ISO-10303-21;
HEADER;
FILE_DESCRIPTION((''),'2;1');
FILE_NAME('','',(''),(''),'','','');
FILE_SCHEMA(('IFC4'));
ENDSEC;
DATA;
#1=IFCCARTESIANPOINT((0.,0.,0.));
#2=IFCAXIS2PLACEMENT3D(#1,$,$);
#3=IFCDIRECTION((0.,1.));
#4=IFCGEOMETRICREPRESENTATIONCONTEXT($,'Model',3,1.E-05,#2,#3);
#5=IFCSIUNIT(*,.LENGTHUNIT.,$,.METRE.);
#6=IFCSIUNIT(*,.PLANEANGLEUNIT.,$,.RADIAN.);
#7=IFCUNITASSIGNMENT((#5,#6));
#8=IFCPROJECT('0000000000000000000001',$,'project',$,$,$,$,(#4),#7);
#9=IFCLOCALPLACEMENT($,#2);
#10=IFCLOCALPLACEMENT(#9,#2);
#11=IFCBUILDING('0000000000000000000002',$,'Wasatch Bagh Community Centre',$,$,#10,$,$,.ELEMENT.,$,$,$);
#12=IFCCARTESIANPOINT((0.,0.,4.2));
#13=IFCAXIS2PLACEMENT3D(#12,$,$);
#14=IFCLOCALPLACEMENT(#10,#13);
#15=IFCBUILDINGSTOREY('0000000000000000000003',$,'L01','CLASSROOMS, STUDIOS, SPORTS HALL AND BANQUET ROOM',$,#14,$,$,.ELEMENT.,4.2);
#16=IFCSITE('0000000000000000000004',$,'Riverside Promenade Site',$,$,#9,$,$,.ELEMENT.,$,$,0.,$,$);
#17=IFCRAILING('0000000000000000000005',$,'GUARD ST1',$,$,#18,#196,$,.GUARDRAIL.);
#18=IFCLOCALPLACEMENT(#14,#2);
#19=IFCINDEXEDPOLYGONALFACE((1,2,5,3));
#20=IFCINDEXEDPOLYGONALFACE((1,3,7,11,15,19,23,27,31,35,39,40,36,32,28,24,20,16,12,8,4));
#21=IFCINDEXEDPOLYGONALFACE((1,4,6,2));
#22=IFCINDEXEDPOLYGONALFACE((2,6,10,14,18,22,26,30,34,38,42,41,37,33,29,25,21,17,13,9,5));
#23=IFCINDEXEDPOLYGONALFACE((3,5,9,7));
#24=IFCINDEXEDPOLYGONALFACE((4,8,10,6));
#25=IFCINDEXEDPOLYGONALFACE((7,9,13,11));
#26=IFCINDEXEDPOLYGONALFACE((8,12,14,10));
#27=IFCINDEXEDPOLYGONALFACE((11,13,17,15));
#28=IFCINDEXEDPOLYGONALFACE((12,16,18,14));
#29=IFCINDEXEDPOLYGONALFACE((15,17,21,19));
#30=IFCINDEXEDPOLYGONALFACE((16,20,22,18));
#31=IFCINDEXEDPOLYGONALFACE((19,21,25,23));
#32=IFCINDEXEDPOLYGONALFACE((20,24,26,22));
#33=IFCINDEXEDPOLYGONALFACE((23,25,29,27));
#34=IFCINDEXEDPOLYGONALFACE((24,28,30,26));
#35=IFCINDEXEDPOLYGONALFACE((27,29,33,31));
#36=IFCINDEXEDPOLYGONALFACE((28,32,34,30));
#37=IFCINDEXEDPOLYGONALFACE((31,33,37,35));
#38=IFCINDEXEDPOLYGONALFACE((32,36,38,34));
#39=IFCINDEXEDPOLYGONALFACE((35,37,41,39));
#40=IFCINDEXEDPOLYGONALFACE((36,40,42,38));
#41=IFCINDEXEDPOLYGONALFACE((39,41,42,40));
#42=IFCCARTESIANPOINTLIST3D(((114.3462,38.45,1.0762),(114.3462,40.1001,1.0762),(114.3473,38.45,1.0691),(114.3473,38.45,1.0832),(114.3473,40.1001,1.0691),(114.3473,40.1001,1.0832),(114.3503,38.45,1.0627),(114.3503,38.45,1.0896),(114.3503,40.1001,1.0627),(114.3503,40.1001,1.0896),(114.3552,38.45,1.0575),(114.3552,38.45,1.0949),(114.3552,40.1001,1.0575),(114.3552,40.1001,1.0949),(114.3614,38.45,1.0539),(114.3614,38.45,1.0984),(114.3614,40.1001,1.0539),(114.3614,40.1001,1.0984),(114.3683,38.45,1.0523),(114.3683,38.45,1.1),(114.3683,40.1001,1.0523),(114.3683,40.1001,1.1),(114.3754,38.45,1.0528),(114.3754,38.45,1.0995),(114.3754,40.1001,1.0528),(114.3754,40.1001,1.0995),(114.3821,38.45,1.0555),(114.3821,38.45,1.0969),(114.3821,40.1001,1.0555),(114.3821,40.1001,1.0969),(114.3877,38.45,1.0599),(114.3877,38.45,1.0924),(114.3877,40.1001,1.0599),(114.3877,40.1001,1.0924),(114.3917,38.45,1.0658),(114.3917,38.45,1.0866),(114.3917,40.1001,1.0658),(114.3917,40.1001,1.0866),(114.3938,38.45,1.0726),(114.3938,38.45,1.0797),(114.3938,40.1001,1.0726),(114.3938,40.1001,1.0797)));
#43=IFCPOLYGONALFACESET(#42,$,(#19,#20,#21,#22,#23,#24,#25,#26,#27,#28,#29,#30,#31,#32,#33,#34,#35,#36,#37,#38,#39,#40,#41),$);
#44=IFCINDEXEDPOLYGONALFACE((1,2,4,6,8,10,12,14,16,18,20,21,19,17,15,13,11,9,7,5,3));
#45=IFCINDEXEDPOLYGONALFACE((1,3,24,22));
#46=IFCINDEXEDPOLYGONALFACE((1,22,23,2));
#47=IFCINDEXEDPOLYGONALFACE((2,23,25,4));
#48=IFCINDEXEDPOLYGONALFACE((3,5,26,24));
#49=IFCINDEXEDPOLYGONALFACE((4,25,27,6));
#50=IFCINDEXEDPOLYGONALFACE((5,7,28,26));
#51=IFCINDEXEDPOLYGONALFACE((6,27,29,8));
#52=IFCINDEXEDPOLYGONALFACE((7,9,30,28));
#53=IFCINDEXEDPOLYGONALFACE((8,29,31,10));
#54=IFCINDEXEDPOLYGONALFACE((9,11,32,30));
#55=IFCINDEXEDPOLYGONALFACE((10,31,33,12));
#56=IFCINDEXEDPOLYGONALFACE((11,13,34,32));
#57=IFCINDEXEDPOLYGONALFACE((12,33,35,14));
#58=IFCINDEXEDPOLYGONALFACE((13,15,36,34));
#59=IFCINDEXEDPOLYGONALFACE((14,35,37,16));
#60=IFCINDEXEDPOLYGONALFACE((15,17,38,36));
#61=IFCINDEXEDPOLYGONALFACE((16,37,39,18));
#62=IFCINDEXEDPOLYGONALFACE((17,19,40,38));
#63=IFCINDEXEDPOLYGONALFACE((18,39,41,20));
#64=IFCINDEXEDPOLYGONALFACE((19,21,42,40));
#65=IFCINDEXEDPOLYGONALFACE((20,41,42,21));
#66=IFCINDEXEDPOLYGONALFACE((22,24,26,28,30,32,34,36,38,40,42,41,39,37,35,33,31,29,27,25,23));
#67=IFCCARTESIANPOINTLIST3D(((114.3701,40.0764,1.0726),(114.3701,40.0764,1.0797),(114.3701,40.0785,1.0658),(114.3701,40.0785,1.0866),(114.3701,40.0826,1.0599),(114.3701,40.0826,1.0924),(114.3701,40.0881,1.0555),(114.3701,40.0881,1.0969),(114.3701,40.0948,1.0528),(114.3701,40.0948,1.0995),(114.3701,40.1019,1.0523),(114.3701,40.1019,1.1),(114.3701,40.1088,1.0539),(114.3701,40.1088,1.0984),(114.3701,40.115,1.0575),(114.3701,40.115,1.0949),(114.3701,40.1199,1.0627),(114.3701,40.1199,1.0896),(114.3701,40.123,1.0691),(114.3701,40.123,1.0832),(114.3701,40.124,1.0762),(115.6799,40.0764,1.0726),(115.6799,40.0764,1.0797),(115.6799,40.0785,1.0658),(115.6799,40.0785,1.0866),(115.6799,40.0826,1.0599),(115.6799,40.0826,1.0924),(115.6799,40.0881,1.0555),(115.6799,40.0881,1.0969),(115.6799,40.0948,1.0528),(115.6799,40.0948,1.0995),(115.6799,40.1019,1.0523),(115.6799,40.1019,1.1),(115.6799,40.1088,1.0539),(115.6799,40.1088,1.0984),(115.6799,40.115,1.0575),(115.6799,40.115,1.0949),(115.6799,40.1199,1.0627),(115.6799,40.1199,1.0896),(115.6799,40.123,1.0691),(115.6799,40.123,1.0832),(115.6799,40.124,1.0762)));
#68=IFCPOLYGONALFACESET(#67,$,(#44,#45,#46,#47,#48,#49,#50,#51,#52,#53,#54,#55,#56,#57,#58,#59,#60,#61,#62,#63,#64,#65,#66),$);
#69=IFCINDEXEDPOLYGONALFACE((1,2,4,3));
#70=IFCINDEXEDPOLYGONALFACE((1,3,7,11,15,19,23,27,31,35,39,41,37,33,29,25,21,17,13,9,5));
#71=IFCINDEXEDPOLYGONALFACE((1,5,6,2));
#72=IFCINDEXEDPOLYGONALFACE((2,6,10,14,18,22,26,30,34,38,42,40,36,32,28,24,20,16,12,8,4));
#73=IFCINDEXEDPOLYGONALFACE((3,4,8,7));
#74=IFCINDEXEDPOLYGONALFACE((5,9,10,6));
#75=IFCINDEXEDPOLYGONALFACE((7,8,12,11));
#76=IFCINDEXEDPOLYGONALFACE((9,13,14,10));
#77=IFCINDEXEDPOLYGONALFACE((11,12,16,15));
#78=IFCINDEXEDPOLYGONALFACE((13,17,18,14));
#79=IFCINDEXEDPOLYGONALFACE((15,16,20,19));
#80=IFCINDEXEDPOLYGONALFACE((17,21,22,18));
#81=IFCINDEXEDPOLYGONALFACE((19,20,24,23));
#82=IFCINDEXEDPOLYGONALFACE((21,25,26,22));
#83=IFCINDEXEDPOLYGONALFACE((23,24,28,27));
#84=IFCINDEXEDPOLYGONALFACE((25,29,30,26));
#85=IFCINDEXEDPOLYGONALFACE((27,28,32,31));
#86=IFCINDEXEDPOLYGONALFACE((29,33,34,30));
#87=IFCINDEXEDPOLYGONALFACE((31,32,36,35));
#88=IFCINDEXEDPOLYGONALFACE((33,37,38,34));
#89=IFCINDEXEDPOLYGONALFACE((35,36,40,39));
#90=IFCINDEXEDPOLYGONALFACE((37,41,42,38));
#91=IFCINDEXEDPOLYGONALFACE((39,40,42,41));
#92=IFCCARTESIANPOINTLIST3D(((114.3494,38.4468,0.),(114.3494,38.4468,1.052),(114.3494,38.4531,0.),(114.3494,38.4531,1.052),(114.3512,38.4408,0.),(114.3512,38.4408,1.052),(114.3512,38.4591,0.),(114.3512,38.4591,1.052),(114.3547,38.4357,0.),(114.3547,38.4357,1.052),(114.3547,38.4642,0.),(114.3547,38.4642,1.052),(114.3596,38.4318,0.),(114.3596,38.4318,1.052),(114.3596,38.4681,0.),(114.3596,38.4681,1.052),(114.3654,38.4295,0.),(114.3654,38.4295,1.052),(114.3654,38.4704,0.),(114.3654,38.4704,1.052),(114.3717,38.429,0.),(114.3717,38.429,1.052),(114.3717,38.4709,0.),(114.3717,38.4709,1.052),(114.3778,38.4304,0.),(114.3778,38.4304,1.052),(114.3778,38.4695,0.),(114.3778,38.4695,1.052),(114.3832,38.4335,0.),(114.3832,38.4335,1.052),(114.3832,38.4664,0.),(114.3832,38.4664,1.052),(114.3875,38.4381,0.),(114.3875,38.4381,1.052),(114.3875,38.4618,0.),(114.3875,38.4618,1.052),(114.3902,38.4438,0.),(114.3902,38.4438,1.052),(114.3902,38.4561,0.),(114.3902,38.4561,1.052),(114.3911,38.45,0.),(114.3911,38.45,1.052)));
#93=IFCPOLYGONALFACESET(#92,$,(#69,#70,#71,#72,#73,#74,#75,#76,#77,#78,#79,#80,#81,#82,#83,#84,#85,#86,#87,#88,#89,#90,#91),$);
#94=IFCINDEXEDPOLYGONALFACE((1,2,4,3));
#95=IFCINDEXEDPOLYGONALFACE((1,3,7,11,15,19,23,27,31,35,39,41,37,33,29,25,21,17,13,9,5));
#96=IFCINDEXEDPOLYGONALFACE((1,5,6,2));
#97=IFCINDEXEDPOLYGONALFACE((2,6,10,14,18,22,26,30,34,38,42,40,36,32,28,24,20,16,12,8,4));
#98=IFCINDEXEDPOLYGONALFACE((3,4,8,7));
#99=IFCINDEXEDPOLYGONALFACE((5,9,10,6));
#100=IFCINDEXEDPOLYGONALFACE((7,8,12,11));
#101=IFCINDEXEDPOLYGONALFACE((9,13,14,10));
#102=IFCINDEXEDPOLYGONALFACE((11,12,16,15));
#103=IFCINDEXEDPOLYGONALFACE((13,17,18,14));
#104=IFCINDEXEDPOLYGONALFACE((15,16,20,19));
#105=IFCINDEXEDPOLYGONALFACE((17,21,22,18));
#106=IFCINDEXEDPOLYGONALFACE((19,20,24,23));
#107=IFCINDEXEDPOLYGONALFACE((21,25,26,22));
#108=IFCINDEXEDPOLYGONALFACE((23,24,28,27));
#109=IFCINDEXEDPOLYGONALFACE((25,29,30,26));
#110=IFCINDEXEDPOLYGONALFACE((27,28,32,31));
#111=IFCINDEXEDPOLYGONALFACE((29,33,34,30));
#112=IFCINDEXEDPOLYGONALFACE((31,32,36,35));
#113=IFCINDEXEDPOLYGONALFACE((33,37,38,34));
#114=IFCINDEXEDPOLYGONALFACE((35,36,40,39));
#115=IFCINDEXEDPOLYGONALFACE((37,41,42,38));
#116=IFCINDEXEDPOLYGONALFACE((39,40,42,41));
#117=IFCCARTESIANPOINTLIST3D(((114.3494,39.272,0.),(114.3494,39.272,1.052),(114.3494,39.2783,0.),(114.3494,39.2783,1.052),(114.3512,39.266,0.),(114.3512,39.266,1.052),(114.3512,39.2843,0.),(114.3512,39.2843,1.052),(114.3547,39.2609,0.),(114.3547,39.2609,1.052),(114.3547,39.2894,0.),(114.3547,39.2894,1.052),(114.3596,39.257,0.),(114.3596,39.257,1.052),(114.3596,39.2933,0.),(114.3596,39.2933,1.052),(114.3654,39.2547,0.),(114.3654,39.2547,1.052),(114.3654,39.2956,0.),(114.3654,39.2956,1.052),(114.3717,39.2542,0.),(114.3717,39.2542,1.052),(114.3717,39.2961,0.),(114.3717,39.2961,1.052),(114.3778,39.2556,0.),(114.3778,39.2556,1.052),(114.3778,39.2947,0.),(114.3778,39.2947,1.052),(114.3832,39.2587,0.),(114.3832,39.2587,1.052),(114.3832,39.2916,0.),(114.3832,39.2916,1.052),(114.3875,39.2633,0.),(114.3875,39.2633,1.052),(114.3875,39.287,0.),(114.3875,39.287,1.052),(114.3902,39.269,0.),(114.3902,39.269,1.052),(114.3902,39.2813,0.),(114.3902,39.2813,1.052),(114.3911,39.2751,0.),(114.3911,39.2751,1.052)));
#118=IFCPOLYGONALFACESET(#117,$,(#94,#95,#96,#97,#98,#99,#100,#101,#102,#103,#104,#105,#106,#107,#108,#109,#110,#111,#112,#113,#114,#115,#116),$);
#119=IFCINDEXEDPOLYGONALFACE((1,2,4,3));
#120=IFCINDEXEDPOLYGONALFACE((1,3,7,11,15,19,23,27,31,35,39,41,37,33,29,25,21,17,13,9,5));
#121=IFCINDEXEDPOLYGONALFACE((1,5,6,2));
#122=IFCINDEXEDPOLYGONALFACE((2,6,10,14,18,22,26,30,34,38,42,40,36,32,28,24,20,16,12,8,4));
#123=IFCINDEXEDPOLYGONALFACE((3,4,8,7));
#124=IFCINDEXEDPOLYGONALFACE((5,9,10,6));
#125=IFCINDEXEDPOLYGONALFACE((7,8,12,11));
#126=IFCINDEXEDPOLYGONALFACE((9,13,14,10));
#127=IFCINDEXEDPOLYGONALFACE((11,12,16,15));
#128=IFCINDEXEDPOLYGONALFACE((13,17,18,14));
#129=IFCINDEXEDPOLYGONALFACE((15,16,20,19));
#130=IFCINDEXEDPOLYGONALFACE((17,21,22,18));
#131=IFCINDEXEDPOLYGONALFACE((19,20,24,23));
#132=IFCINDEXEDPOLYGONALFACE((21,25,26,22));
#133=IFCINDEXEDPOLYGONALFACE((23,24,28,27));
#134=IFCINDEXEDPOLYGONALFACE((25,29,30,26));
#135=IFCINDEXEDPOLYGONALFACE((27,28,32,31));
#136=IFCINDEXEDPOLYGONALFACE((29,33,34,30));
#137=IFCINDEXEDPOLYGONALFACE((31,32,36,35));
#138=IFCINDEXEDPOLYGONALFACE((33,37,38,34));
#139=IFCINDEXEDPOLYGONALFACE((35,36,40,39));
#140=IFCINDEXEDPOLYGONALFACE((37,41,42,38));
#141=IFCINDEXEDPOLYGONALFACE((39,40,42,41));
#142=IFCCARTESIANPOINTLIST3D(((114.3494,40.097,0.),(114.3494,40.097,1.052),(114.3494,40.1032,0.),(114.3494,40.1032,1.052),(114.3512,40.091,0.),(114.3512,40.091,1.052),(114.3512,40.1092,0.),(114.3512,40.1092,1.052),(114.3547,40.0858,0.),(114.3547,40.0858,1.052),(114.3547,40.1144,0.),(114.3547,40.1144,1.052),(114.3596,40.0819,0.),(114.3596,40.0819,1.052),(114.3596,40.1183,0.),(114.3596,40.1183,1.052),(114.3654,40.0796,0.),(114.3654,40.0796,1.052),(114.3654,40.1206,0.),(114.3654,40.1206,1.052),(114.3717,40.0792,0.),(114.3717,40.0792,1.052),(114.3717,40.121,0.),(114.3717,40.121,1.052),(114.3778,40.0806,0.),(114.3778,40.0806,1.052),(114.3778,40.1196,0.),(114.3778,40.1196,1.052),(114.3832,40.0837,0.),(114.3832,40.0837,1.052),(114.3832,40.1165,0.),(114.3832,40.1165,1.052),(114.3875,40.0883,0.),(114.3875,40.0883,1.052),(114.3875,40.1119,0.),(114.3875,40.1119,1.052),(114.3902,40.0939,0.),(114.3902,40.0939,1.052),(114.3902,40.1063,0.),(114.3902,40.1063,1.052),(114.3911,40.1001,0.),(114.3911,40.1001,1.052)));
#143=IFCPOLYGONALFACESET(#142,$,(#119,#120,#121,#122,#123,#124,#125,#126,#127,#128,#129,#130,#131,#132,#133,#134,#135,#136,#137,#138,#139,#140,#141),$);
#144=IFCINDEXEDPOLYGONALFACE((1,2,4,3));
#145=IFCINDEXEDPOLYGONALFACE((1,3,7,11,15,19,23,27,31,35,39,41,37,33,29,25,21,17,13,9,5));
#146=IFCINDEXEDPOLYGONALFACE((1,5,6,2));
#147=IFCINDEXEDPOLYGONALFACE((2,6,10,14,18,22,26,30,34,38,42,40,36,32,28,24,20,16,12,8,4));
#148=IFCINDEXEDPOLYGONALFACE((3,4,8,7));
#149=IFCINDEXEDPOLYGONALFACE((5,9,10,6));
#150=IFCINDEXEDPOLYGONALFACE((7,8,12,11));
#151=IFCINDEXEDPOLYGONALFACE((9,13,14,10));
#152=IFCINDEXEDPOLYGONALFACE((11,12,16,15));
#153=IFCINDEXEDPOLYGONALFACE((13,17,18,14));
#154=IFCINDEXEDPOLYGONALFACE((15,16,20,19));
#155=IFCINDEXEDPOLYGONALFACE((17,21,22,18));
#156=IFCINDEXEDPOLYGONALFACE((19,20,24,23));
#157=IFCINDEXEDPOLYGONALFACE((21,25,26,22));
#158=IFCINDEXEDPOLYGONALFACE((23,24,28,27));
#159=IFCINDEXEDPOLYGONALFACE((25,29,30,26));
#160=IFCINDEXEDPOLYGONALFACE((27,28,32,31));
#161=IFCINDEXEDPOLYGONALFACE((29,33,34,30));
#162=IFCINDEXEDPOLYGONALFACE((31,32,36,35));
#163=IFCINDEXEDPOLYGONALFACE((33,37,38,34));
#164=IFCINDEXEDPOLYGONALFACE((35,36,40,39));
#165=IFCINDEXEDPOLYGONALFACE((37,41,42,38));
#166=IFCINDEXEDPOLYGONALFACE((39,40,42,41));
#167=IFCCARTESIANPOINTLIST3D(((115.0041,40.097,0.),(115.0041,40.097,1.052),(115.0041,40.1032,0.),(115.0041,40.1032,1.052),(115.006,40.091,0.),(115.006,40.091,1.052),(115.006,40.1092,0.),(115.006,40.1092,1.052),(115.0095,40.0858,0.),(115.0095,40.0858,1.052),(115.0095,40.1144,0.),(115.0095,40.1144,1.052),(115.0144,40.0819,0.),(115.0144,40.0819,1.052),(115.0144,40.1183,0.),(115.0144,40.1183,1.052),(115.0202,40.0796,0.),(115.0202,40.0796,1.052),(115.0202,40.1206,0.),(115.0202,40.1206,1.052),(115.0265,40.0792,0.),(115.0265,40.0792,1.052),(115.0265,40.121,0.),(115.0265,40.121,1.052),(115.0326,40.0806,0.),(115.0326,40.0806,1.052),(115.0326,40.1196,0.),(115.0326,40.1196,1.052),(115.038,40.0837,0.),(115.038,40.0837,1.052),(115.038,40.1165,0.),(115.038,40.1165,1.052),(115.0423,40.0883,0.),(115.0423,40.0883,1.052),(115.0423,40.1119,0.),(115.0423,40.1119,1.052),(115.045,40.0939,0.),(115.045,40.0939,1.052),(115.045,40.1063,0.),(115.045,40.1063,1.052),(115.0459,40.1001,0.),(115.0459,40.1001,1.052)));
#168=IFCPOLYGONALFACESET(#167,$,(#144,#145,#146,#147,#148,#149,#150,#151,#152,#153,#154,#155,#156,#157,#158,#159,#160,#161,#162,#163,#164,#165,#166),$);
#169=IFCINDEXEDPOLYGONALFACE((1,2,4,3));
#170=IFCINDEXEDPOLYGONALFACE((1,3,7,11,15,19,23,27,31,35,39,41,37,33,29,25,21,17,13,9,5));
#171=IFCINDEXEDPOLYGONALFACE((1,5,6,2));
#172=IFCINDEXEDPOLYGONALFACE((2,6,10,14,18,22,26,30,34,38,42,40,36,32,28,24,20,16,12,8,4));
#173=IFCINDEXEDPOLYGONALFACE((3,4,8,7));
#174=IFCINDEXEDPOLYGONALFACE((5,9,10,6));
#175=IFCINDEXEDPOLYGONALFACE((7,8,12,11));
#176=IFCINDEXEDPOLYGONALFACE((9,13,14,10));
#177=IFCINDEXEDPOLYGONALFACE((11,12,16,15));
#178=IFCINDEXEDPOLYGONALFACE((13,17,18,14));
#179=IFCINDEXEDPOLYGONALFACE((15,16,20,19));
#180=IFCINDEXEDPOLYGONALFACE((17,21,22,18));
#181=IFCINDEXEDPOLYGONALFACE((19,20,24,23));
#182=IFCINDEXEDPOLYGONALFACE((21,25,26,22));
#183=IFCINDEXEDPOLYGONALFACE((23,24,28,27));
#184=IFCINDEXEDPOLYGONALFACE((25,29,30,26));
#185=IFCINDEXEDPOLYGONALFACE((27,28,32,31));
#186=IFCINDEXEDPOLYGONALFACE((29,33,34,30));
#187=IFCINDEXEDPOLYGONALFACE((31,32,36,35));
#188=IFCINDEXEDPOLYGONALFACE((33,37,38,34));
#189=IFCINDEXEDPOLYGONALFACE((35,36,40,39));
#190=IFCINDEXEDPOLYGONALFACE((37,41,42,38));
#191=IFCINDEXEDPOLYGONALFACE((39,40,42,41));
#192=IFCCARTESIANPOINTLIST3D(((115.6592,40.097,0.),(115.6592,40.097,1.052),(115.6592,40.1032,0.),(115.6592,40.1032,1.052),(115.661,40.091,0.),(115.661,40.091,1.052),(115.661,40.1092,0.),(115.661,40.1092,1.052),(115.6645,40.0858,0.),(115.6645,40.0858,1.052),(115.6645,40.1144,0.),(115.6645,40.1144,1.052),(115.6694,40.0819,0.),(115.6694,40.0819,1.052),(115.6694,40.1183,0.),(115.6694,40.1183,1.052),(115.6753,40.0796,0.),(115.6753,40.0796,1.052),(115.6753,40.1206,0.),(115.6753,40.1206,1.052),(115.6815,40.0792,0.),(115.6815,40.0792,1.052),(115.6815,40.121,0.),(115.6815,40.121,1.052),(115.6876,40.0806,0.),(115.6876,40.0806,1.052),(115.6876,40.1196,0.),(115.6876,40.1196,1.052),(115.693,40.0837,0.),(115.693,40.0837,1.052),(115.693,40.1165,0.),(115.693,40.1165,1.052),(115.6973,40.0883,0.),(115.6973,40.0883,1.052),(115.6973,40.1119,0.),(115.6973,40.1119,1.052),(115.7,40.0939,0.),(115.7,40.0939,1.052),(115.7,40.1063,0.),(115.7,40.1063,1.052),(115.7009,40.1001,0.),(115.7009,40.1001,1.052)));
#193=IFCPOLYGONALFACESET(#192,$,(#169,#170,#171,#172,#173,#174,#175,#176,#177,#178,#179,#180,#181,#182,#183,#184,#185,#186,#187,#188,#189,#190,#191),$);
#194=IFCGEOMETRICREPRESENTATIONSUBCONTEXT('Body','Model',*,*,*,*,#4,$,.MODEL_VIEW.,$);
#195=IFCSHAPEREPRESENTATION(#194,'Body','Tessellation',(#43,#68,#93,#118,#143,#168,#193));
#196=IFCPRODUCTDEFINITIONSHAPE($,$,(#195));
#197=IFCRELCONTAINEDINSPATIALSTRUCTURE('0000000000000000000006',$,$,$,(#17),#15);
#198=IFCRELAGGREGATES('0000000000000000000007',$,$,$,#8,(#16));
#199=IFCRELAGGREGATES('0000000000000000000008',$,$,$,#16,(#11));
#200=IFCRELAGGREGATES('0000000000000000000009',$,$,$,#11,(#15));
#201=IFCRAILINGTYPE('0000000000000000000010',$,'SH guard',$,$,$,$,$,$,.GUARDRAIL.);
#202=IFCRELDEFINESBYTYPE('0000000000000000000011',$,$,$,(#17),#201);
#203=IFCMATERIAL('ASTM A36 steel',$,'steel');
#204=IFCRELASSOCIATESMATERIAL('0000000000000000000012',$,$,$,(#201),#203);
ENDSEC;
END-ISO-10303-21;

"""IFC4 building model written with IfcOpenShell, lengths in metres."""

from ifc_helpers import new_model, si_unit, direction, frame, origin, origin_2d, place, context, subcontext, project, spatial, circle, extrude, material, type_object, element, save


model = new_model("IFC4")

# Units and contexts
model_context = context("Model", 3, precision=1e-05, world=origin(), true_north=direction((0.0, 1.0)))
body_context = subcontext(model_context, "Body", "Model", "MODEL_VIEW")
ifc_project = project(units=[si_unit("LENGTHUNIT", "METRE"), si_unit("PLANEANGLEUNIT", "RADIAN")], contexts=[model_context])

# Site, building, storey
site_placement = place(None, origin())
site = spatial("IfcSite", under=ifc_project, at=site_placement, Name="Riverside Promenade Site", CompositionType="ELEMENT", RefElevation=0.0)
building_placement = place(site_placement, origin())
building = spatial("IfcBuilding", under=site, at=building_placement, Name="Wasatch Bagh Community Centre", CompositionType="ELEMENT")
storey_placement = place(building_placement, frame((0.0, 0.0, 4.2)))
storey = spatial("IfcBuildingStorey", under=building, at=storey_placement, Name="L01", Description="CLASSROOMS, STUDIOS, SPORTS HALL AND BANQUET ROOM", CompositionType="ELEMENT", Elevation=4.2)

# Railing
ifc_material_1 = material(Name="ASTM A36 steel", Category="steel")
railing_type_1 = type_object("IfcRailingType", Name="SH guard", PredefinedType="GUARDRAIL", material=ifc_material_1)
railing_1_placement = place(storey_placement, frame((114.3701, 38.45, 0.0)))
element("IfcRailing", 1, at=railing_1_placement, inside=storey, type_object=railing_type_1, Name="GUARD ST1", PredefinedType="GUARDRAIL", context=body_context, shape_type="SweptSolid", body=[
    extrude(circle(Radius=0.0239, at=origin_2d()), frame((0.0, 0.0, 1.0762), z_axis=(0.0, 1.0, 0.0), x_axis=(-1.0, 0.0, 0.0)), (0.0, 0.0, 1.0), 1.6501),
    extrude(circle(Radius=0.0239, at=origin_2d()), frame((0.0, 1.6501, 1.0762), z_axis=(1.0, 0.0, 0.0), x_axis=(0.0, 1.0, 0.0)), (0.0, 0.0, 1.0), 1.3098),
    extrude(circle(Radius=0.021, at=origin_2d()), origin(), (0.0, 0.0, 1.0), 1.052),
    extrude(circle(Radius=0.021, at=origin_2d()), frame((0.0, 0.8252, 0.0)), (0.0, 0.0, 1.0), 1.052),
    extrude(circle(Radius=0.021, at=origin_2d()), frame((0.0, 1.6501, 0.0)), (0.0, 0.0, 1.0), 1.052),
    extrude(circle(Radius=0.021, at=origin_2d()), frame((0.6548, 1.6501, 0.0)), (0.0, 0.0, 1.0), 1.052),
    extrude(circle(Radius=0.021, at=origin_2d()), frame((1.3098, 1.6501, 0.0)), (0.0, 0.0, 1.0), 1.052),
])

save(model, "model.ifc")
